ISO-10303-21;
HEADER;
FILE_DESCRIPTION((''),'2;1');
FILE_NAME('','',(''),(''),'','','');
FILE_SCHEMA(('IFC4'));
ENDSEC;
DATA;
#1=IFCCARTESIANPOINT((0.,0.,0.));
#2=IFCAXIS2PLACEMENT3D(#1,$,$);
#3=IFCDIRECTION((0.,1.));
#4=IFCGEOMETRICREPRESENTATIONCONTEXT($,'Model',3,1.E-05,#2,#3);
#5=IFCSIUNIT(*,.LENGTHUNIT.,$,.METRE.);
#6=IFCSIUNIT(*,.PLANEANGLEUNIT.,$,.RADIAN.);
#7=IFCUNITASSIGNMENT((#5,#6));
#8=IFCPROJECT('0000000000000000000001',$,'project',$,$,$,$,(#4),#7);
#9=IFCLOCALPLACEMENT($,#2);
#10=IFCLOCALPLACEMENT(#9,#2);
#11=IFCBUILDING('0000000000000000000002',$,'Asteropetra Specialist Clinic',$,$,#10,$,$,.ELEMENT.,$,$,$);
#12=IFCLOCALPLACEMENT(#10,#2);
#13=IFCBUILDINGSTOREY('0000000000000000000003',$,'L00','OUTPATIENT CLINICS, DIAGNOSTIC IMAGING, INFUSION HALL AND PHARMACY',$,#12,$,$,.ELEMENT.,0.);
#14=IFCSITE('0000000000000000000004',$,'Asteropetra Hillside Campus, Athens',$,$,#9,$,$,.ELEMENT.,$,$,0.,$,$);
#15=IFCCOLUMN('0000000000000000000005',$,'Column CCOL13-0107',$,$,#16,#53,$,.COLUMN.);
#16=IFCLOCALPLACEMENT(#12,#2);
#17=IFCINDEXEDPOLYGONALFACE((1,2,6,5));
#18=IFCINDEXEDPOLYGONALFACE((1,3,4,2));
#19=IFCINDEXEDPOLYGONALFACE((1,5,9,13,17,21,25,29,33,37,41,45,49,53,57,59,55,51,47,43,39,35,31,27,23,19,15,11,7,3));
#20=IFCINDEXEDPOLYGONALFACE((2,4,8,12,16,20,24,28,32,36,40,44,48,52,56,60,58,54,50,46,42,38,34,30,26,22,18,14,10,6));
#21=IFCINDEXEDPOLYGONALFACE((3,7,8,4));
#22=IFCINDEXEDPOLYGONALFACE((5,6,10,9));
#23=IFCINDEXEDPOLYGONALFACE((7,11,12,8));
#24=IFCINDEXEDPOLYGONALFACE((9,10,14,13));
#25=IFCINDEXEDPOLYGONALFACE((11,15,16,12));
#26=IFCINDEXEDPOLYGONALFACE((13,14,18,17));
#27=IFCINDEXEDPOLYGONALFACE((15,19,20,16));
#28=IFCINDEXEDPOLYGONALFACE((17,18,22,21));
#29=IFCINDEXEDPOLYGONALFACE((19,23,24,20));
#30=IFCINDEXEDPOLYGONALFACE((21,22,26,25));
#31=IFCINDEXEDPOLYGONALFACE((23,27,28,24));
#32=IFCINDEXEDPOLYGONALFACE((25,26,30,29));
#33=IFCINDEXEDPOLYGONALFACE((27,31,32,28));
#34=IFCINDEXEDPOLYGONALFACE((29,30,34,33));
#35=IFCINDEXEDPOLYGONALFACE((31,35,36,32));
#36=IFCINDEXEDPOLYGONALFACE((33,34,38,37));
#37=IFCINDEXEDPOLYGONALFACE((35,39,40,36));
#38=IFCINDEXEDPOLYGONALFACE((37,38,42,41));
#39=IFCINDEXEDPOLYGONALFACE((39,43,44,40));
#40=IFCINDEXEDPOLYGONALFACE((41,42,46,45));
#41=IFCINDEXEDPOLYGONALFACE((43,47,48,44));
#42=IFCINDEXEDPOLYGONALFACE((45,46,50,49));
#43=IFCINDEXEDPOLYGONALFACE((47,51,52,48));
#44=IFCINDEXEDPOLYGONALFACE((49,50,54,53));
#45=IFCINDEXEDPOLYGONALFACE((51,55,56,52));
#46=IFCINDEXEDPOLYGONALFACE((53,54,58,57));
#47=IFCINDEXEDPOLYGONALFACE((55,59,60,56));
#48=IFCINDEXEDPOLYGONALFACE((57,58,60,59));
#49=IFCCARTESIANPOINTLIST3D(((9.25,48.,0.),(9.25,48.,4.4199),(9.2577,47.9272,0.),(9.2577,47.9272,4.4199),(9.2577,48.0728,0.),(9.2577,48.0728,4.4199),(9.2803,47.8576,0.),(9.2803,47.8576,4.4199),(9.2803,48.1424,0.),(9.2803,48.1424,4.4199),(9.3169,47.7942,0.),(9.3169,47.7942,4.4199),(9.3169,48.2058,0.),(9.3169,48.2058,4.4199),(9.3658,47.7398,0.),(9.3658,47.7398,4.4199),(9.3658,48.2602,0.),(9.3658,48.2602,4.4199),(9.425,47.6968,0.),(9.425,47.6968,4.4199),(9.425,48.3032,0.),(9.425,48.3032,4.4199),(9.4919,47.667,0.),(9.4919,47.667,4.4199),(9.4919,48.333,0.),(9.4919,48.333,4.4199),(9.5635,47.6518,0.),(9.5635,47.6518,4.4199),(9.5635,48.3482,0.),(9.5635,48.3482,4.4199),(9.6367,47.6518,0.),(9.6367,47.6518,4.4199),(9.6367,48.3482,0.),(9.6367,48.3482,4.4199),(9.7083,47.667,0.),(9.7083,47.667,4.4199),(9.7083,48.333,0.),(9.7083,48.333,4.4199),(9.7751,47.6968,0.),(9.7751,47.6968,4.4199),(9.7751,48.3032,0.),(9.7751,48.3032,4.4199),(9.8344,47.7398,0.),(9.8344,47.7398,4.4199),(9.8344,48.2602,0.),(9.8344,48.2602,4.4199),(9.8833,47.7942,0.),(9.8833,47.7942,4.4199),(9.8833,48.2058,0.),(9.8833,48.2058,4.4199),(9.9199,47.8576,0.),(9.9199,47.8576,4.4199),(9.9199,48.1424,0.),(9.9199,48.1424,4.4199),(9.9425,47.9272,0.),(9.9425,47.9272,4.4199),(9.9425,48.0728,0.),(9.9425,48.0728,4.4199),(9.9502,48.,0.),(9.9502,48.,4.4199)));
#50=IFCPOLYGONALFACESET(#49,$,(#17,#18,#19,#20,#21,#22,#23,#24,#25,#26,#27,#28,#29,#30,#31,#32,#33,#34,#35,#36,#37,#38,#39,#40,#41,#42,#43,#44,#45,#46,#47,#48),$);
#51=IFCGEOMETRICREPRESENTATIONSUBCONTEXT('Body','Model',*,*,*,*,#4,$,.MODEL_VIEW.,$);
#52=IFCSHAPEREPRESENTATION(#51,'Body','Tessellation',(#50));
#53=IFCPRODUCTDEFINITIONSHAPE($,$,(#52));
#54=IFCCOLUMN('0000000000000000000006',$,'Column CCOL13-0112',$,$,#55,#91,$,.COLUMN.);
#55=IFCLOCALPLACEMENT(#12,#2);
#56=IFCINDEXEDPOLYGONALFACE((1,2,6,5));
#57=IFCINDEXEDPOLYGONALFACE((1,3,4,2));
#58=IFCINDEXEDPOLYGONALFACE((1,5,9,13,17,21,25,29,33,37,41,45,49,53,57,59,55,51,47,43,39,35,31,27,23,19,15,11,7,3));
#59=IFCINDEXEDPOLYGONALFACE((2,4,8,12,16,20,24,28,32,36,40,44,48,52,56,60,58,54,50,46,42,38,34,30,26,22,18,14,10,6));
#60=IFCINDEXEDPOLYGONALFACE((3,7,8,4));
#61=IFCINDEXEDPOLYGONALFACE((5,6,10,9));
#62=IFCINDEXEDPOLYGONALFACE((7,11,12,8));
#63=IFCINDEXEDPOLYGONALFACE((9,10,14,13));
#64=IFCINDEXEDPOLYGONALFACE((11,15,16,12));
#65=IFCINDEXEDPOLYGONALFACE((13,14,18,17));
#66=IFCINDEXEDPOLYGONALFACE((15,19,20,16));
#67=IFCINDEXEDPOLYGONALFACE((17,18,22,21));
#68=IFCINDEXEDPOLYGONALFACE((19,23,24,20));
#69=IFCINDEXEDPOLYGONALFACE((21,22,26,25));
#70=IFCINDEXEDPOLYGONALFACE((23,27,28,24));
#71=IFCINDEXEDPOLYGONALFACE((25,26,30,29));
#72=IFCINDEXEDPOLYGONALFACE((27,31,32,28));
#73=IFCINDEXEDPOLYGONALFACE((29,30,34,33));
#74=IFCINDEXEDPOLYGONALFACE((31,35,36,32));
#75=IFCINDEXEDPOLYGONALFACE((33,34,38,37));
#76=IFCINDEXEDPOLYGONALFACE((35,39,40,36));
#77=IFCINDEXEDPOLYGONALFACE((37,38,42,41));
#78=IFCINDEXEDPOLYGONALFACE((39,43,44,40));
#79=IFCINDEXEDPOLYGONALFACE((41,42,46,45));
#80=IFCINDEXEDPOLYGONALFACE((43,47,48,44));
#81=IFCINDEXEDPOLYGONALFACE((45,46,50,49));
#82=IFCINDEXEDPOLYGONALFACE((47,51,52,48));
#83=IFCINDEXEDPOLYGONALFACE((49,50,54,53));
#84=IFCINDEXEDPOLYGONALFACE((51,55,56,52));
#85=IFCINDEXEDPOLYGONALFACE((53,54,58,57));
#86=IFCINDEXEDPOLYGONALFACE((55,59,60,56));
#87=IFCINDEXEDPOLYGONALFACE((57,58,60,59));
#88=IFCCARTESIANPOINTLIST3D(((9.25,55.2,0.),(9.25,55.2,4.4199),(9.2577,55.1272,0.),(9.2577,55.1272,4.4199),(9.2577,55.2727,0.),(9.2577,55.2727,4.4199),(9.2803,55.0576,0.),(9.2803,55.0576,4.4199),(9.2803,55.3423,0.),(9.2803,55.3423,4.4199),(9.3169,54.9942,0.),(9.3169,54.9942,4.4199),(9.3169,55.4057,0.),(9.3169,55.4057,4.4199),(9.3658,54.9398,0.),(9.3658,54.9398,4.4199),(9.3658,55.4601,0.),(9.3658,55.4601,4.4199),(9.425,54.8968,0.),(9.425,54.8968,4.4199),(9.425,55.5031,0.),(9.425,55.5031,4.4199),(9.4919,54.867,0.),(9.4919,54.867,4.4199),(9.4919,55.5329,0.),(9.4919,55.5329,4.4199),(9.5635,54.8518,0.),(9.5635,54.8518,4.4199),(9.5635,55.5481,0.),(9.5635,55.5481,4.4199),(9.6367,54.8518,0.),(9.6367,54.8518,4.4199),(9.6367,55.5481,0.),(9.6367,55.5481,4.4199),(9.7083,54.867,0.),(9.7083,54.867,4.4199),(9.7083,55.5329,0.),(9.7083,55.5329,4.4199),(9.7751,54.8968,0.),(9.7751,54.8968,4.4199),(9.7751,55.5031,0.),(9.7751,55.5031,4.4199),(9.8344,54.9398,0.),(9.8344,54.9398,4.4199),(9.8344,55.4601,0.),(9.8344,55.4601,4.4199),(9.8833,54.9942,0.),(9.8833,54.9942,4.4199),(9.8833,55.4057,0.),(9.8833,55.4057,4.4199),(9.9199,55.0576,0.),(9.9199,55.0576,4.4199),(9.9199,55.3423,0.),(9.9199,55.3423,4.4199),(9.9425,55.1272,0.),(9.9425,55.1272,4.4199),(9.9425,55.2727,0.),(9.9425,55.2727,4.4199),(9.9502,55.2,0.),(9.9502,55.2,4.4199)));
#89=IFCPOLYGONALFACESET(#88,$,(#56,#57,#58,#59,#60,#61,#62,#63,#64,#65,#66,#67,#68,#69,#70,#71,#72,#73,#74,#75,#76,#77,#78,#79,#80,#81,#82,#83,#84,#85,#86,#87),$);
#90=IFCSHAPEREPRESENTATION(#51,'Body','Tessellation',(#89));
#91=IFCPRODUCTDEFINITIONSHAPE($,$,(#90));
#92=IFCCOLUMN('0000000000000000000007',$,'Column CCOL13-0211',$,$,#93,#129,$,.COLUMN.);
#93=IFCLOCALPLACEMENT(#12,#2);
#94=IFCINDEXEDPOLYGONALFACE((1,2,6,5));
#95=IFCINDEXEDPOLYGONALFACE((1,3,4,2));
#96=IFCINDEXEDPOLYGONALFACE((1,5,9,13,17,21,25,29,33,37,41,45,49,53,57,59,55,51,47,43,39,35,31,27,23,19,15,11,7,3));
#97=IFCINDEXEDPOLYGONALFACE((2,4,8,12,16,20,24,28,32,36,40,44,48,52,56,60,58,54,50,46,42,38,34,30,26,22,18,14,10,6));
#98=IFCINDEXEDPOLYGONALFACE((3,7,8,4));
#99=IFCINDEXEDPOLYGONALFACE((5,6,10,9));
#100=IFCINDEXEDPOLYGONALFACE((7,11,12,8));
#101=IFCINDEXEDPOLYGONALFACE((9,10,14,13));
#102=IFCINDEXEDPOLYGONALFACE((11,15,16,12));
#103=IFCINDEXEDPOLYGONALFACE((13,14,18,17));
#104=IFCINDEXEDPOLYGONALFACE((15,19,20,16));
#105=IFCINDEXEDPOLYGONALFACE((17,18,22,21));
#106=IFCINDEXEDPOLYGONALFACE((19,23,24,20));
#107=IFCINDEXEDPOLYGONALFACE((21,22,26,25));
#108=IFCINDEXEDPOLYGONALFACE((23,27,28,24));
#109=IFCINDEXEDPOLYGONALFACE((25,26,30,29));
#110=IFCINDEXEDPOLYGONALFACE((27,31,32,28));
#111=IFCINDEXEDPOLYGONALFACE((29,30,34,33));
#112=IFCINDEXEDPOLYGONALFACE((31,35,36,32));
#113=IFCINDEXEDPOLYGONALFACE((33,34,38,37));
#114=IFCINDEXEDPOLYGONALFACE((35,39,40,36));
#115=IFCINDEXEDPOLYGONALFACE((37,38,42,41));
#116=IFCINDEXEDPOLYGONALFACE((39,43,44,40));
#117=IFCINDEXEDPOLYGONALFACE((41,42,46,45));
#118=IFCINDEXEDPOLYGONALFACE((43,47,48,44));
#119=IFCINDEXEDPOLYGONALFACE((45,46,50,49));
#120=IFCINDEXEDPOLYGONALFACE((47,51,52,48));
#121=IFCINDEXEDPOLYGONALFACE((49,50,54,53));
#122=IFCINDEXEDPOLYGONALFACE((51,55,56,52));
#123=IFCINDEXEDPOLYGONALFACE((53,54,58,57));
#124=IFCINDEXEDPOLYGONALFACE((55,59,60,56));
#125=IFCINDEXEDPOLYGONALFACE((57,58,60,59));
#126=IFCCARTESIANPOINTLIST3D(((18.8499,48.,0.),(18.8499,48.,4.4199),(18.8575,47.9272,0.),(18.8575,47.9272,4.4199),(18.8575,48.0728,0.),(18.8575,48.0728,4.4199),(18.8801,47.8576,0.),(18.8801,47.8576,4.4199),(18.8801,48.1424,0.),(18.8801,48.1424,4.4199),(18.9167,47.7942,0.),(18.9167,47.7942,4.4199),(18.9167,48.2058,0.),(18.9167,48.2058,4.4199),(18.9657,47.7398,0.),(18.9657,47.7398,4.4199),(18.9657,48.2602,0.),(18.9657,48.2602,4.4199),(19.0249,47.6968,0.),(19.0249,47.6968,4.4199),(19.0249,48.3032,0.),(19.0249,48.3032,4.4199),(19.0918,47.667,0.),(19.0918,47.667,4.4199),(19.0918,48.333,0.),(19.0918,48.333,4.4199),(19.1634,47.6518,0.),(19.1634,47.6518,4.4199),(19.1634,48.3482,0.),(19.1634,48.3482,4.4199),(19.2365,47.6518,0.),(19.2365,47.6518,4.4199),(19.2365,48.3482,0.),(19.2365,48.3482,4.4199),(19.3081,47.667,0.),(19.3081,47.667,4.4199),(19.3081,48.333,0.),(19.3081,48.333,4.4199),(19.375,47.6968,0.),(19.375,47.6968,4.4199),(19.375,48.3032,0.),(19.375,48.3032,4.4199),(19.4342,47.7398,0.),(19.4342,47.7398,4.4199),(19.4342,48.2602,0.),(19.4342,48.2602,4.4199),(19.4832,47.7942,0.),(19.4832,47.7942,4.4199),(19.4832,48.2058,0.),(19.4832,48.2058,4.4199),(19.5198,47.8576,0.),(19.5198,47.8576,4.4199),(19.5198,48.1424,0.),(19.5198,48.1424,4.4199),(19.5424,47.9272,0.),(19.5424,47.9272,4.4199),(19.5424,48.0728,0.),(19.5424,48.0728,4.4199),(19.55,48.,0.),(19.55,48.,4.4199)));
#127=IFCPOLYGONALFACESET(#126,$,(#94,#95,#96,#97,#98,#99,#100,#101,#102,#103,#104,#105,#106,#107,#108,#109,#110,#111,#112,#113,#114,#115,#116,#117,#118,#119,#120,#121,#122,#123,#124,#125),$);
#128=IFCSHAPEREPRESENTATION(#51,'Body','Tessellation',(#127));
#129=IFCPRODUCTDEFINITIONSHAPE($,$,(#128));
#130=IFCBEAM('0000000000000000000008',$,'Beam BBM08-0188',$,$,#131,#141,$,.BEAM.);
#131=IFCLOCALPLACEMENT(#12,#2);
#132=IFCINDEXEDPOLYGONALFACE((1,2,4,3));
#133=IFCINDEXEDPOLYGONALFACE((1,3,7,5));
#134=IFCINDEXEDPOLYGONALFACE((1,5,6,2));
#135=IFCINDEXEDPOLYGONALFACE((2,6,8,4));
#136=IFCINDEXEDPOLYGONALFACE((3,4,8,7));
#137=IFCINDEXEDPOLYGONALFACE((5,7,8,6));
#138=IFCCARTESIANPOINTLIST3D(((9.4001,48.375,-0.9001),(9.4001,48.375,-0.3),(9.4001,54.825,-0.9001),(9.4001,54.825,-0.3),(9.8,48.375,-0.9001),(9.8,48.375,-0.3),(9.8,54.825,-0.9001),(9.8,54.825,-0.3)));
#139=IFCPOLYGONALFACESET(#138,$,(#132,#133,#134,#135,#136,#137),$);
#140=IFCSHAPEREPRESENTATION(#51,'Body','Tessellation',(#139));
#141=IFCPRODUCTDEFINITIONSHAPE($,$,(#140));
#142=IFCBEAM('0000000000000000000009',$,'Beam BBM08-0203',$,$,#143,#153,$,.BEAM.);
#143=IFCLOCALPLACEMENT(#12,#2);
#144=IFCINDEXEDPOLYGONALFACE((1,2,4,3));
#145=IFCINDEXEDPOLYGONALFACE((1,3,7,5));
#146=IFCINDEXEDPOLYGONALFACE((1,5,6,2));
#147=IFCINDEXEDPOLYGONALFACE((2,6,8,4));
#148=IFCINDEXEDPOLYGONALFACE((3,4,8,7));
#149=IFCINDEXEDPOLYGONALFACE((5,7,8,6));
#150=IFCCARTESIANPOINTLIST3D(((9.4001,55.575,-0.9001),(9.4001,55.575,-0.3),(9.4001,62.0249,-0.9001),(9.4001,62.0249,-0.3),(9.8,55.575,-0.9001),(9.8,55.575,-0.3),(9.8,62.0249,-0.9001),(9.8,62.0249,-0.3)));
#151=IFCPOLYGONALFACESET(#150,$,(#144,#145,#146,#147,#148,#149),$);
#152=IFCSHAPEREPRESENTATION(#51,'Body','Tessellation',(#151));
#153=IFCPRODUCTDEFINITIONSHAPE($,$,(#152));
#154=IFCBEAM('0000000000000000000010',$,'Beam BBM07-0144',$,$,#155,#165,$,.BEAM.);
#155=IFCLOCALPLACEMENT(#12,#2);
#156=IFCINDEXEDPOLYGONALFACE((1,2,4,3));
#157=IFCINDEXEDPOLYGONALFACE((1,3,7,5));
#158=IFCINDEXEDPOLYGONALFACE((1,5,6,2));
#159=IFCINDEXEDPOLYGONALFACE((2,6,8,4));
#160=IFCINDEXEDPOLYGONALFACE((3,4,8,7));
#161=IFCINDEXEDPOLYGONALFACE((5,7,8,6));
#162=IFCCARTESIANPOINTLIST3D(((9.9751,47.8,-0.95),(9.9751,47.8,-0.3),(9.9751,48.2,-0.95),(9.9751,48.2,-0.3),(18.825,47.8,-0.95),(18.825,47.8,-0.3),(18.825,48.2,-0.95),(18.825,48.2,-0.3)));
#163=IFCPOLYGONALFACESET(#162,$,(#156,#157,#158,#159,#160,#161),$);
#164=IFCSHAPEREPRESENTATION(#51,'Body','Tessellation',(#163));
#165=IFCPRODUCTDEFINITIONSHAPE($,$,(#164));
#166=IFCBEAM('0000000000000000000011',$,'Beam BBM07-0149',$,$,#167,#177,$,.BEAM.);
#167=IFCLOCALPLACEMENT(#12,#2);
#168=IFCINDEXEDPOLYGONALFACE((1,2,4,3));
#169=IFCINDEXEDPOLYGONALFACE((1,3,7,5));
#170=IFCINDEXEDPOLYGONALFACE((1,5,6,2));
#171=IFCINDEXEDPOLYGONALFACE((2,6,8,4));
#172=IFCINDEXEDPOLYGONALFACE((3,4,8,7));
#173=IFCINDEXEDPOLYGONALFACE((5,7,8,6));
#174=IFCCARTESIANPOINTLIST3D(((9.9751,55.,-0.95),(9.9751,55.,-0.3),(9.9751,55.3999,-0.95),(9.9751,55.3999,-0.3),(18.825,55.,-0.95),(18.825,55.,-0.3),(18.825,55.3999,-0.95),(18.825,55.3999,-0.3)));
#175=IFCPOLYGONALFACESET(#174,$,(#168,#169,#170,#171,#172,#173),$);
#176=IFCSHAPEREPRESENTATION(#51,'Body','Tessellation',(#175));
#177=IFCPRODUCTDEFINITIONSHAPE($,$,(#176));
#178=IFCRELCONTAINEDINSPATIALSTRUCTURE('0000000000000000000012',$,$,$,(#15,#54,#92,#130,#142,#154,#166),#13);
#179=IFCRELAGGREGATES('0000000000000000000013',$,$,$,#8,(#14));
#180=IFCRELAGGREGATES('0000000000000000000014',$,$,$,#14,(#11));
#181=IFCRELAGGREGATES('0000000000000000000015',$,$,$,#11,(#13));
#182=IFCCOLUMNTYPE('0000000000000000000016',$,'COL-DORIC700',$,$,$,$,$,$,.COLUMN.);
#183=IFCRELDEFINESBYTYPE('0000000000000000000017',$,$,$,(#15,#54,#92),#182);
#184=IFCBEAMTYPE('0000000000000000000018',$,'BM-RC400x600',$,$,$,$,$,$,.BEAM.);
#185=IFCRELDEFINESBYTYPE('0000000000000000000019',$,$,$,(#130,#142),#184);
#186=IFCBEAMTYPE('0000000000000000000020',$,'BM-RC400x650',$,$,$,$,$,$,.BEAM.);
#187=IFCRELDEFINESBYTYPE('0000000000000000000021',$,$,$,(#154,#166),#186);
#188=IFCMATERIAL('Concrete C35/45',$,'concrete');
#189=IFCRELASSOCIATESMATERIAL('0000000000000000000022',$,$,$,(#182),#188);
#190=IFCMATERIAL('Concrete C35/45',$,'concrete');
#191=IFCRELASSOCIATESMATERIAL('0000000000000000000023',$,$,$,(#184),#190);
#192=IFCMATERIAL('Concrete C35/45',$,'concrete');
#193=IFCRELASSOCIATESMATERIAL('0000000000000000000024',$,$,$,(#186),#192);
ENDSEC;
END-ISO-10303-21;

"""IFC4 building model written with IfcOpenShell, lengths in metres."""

from ifc_helpers import new_model, si_unit, direction, frame, origin, origin_2d, place, context, subcontext, project, spatial, rectangle, circle, extrude, material, material_profile, profile_set, type_object, element, save


model = new_model("IFC4")

# Units and contexts
model_context = context("Model", 3, precision=1e-05, world=origin(), true_north=direction((0.0, 1.0)))
body_context = subcontext(model_context, "Body", "Model", "MODEL_VIEW")
ifc_project = project(units=[si_unit("LENGTHUNIT", "METRE"), si_unit("PLANEANGLEUNIT", "RADIAN")], contexts=[model_context])

# Site, building, storey
site_placement = place(None, origin())
site = spatial("IfcSite", under=ifc_project, at=site_placement, Name="Asteropetra Hillside Campus, Athens", CompositionType="ELEMENT", RefElevation=0.0)
building_placement = place(site_placement, origin())
building = spatial("IfcBuilding", under=site, at=building_placement, Name="Asteropetra Specialist Clinic", CompositionType="ELEMENT")
storey_placement = place(building_placement, origin())
storey = spatial("IfcBuildingStorey", under=building, at=storey_placement, Name="L00", Description="OUTPATIENT CLINICS, DIAGNOSTIC IMAGING, INFUSION HALL AND PHARMACY", CompositionType="ELEMENT", Elevation=0.0)

# Columns
ifc_material_1 = material(Name="Concrete C35/45", Category="concrete")
ifc_material_profile_1 = material_profile(ifc_material_1, circle(Radius=0.3501, at=origin_2d()), Name="RCC D700")
ifc_profile_set_1 = profile_set([ifc_material_profile_1], Name="Concrete C35/45")
column_type = type_object("IfcColumnType", Name="COL-DORIC700", PredefinedType="COLUMN", material=ifc_profile_set_1)
for number, where, z_axis, x_axis, name in (
    (1, (9.6001, 48.0, 0.0), (0.0, 0.0, 1.0), (1.0, 0.0, 0.0), "Column CCOL13-0107"),
    (2, (9.6001, 55.2, 0.0), (0.0, 0.0, 1.0), (1.0, 0.0, 0.0), "Column CCOL13-0112"),
    (3, (19.2, 48.0, 0.0), (0.0, 0.0, 1.0), (1.0, 0.0, 0.0), "Column CCOL13-0211"),
):
    element("IfcColumn", number, at=place(storey_placement, frame(where, z_axis=z_axis, x_axis=x_axis)), inside=storey, type_object=column_type, Name=name, PredefinedType="COLUMN", context=body_context, shape_type="SweptSolid", body=[
        extrude(circle(Radius=0.3501, at=origin_2d()), origin(), (0.0, 0.0, 1.0), 4.4199),
    ])

# Beams
ifc_material_2 = material(Name="Concrete C35/45", Category="concrete")
ifc_material_profile_2 = material_profile(ifc_material_2, rectangle(XDim=0.3999, YDim=0.6001, at=origin_2d()), Name="RCB 400x600")
ifc_profile_set_2 = profile_set([ifc_material_profile_2], Name="Concrete C35/45")
beam_type_1 = type_object("IfcBeamType", Name="BM-RC400x600", PredefinedType="BEAM", material=ifc_profile_set_2)
for number, where, z_axis, x_axis, name in (
    (4, (9.6001, 48.375, -0.6001), (0.0, 1.0, 0.0), (-1.0, 0.0, 0.0), "Beam BBM08-0188"),
    (5, (9.6001, 55.575, -0.6001), (0.0, 1.0, 0.0), (-1.0, 0.0, 0.0), "Beam BBM08-0203"),
):
    element("IfcBeam", number, at=place(storey_placement, frame(where, z_axis=z_axis, x_axis=x_axis)), inside=storey, type_object=beam_type_1, Name=name, PredefinedType="BEAM", context=body_context, shape_type="SweptSolid", body=[
        extrude(rectangle(XDim=0.3999, YDim=0.6001, at=origin_2d()), origin(), (0.0, 0.0, 1.0), 6.45),
    ])
ifc_material_3 = material(Name="Concrete C35/45", Category="concrete")
ifc_material_profile_3 = material_profile(ifc_material_3, rectangle(XDim=0.3999, YDim=0.6499, at=origin_2d()), Name="RCB 400x650")
ifc_profile_set_3 = profile_set([ifc_material_profile_3], Name="Concrete C35/45")
beam_type_2 = type_object("IfcBeamType", Name="BM-RC400x650", PredefinedType="BEAM", material=ifc_profile_set_3)
for number, where, z_axis, x_axis, name in (
    (6, (9.9751, 48.0, -0.625), (1.0, 0.0, 0.0), (0.0, 1.0, 0.0), "Beam BBM07-0144"),
    (7, (9.9751, 55.2, -0.625), (1.0, 0.0, 0.0), (0.0, 1.0, 0.0), "Beam BBM07-0149"),
):
    element("IfcBeam", number, at=place(storey_placement, frame(where, z_axis=z_axis, x_axis=x_axis)), inside=storey, type_object=beam_type_2, Name=name, PredefinedType="BEAM", context=body_context, shape_type="SweptSolid", body=[
        extrude(rectangle(XDim=0.3999, YDim=0.6499, at=origin_2d()), origin(), (0.0, 0.0, 1.0), 8.8499),
    ])

save(model, "model.ifc")
